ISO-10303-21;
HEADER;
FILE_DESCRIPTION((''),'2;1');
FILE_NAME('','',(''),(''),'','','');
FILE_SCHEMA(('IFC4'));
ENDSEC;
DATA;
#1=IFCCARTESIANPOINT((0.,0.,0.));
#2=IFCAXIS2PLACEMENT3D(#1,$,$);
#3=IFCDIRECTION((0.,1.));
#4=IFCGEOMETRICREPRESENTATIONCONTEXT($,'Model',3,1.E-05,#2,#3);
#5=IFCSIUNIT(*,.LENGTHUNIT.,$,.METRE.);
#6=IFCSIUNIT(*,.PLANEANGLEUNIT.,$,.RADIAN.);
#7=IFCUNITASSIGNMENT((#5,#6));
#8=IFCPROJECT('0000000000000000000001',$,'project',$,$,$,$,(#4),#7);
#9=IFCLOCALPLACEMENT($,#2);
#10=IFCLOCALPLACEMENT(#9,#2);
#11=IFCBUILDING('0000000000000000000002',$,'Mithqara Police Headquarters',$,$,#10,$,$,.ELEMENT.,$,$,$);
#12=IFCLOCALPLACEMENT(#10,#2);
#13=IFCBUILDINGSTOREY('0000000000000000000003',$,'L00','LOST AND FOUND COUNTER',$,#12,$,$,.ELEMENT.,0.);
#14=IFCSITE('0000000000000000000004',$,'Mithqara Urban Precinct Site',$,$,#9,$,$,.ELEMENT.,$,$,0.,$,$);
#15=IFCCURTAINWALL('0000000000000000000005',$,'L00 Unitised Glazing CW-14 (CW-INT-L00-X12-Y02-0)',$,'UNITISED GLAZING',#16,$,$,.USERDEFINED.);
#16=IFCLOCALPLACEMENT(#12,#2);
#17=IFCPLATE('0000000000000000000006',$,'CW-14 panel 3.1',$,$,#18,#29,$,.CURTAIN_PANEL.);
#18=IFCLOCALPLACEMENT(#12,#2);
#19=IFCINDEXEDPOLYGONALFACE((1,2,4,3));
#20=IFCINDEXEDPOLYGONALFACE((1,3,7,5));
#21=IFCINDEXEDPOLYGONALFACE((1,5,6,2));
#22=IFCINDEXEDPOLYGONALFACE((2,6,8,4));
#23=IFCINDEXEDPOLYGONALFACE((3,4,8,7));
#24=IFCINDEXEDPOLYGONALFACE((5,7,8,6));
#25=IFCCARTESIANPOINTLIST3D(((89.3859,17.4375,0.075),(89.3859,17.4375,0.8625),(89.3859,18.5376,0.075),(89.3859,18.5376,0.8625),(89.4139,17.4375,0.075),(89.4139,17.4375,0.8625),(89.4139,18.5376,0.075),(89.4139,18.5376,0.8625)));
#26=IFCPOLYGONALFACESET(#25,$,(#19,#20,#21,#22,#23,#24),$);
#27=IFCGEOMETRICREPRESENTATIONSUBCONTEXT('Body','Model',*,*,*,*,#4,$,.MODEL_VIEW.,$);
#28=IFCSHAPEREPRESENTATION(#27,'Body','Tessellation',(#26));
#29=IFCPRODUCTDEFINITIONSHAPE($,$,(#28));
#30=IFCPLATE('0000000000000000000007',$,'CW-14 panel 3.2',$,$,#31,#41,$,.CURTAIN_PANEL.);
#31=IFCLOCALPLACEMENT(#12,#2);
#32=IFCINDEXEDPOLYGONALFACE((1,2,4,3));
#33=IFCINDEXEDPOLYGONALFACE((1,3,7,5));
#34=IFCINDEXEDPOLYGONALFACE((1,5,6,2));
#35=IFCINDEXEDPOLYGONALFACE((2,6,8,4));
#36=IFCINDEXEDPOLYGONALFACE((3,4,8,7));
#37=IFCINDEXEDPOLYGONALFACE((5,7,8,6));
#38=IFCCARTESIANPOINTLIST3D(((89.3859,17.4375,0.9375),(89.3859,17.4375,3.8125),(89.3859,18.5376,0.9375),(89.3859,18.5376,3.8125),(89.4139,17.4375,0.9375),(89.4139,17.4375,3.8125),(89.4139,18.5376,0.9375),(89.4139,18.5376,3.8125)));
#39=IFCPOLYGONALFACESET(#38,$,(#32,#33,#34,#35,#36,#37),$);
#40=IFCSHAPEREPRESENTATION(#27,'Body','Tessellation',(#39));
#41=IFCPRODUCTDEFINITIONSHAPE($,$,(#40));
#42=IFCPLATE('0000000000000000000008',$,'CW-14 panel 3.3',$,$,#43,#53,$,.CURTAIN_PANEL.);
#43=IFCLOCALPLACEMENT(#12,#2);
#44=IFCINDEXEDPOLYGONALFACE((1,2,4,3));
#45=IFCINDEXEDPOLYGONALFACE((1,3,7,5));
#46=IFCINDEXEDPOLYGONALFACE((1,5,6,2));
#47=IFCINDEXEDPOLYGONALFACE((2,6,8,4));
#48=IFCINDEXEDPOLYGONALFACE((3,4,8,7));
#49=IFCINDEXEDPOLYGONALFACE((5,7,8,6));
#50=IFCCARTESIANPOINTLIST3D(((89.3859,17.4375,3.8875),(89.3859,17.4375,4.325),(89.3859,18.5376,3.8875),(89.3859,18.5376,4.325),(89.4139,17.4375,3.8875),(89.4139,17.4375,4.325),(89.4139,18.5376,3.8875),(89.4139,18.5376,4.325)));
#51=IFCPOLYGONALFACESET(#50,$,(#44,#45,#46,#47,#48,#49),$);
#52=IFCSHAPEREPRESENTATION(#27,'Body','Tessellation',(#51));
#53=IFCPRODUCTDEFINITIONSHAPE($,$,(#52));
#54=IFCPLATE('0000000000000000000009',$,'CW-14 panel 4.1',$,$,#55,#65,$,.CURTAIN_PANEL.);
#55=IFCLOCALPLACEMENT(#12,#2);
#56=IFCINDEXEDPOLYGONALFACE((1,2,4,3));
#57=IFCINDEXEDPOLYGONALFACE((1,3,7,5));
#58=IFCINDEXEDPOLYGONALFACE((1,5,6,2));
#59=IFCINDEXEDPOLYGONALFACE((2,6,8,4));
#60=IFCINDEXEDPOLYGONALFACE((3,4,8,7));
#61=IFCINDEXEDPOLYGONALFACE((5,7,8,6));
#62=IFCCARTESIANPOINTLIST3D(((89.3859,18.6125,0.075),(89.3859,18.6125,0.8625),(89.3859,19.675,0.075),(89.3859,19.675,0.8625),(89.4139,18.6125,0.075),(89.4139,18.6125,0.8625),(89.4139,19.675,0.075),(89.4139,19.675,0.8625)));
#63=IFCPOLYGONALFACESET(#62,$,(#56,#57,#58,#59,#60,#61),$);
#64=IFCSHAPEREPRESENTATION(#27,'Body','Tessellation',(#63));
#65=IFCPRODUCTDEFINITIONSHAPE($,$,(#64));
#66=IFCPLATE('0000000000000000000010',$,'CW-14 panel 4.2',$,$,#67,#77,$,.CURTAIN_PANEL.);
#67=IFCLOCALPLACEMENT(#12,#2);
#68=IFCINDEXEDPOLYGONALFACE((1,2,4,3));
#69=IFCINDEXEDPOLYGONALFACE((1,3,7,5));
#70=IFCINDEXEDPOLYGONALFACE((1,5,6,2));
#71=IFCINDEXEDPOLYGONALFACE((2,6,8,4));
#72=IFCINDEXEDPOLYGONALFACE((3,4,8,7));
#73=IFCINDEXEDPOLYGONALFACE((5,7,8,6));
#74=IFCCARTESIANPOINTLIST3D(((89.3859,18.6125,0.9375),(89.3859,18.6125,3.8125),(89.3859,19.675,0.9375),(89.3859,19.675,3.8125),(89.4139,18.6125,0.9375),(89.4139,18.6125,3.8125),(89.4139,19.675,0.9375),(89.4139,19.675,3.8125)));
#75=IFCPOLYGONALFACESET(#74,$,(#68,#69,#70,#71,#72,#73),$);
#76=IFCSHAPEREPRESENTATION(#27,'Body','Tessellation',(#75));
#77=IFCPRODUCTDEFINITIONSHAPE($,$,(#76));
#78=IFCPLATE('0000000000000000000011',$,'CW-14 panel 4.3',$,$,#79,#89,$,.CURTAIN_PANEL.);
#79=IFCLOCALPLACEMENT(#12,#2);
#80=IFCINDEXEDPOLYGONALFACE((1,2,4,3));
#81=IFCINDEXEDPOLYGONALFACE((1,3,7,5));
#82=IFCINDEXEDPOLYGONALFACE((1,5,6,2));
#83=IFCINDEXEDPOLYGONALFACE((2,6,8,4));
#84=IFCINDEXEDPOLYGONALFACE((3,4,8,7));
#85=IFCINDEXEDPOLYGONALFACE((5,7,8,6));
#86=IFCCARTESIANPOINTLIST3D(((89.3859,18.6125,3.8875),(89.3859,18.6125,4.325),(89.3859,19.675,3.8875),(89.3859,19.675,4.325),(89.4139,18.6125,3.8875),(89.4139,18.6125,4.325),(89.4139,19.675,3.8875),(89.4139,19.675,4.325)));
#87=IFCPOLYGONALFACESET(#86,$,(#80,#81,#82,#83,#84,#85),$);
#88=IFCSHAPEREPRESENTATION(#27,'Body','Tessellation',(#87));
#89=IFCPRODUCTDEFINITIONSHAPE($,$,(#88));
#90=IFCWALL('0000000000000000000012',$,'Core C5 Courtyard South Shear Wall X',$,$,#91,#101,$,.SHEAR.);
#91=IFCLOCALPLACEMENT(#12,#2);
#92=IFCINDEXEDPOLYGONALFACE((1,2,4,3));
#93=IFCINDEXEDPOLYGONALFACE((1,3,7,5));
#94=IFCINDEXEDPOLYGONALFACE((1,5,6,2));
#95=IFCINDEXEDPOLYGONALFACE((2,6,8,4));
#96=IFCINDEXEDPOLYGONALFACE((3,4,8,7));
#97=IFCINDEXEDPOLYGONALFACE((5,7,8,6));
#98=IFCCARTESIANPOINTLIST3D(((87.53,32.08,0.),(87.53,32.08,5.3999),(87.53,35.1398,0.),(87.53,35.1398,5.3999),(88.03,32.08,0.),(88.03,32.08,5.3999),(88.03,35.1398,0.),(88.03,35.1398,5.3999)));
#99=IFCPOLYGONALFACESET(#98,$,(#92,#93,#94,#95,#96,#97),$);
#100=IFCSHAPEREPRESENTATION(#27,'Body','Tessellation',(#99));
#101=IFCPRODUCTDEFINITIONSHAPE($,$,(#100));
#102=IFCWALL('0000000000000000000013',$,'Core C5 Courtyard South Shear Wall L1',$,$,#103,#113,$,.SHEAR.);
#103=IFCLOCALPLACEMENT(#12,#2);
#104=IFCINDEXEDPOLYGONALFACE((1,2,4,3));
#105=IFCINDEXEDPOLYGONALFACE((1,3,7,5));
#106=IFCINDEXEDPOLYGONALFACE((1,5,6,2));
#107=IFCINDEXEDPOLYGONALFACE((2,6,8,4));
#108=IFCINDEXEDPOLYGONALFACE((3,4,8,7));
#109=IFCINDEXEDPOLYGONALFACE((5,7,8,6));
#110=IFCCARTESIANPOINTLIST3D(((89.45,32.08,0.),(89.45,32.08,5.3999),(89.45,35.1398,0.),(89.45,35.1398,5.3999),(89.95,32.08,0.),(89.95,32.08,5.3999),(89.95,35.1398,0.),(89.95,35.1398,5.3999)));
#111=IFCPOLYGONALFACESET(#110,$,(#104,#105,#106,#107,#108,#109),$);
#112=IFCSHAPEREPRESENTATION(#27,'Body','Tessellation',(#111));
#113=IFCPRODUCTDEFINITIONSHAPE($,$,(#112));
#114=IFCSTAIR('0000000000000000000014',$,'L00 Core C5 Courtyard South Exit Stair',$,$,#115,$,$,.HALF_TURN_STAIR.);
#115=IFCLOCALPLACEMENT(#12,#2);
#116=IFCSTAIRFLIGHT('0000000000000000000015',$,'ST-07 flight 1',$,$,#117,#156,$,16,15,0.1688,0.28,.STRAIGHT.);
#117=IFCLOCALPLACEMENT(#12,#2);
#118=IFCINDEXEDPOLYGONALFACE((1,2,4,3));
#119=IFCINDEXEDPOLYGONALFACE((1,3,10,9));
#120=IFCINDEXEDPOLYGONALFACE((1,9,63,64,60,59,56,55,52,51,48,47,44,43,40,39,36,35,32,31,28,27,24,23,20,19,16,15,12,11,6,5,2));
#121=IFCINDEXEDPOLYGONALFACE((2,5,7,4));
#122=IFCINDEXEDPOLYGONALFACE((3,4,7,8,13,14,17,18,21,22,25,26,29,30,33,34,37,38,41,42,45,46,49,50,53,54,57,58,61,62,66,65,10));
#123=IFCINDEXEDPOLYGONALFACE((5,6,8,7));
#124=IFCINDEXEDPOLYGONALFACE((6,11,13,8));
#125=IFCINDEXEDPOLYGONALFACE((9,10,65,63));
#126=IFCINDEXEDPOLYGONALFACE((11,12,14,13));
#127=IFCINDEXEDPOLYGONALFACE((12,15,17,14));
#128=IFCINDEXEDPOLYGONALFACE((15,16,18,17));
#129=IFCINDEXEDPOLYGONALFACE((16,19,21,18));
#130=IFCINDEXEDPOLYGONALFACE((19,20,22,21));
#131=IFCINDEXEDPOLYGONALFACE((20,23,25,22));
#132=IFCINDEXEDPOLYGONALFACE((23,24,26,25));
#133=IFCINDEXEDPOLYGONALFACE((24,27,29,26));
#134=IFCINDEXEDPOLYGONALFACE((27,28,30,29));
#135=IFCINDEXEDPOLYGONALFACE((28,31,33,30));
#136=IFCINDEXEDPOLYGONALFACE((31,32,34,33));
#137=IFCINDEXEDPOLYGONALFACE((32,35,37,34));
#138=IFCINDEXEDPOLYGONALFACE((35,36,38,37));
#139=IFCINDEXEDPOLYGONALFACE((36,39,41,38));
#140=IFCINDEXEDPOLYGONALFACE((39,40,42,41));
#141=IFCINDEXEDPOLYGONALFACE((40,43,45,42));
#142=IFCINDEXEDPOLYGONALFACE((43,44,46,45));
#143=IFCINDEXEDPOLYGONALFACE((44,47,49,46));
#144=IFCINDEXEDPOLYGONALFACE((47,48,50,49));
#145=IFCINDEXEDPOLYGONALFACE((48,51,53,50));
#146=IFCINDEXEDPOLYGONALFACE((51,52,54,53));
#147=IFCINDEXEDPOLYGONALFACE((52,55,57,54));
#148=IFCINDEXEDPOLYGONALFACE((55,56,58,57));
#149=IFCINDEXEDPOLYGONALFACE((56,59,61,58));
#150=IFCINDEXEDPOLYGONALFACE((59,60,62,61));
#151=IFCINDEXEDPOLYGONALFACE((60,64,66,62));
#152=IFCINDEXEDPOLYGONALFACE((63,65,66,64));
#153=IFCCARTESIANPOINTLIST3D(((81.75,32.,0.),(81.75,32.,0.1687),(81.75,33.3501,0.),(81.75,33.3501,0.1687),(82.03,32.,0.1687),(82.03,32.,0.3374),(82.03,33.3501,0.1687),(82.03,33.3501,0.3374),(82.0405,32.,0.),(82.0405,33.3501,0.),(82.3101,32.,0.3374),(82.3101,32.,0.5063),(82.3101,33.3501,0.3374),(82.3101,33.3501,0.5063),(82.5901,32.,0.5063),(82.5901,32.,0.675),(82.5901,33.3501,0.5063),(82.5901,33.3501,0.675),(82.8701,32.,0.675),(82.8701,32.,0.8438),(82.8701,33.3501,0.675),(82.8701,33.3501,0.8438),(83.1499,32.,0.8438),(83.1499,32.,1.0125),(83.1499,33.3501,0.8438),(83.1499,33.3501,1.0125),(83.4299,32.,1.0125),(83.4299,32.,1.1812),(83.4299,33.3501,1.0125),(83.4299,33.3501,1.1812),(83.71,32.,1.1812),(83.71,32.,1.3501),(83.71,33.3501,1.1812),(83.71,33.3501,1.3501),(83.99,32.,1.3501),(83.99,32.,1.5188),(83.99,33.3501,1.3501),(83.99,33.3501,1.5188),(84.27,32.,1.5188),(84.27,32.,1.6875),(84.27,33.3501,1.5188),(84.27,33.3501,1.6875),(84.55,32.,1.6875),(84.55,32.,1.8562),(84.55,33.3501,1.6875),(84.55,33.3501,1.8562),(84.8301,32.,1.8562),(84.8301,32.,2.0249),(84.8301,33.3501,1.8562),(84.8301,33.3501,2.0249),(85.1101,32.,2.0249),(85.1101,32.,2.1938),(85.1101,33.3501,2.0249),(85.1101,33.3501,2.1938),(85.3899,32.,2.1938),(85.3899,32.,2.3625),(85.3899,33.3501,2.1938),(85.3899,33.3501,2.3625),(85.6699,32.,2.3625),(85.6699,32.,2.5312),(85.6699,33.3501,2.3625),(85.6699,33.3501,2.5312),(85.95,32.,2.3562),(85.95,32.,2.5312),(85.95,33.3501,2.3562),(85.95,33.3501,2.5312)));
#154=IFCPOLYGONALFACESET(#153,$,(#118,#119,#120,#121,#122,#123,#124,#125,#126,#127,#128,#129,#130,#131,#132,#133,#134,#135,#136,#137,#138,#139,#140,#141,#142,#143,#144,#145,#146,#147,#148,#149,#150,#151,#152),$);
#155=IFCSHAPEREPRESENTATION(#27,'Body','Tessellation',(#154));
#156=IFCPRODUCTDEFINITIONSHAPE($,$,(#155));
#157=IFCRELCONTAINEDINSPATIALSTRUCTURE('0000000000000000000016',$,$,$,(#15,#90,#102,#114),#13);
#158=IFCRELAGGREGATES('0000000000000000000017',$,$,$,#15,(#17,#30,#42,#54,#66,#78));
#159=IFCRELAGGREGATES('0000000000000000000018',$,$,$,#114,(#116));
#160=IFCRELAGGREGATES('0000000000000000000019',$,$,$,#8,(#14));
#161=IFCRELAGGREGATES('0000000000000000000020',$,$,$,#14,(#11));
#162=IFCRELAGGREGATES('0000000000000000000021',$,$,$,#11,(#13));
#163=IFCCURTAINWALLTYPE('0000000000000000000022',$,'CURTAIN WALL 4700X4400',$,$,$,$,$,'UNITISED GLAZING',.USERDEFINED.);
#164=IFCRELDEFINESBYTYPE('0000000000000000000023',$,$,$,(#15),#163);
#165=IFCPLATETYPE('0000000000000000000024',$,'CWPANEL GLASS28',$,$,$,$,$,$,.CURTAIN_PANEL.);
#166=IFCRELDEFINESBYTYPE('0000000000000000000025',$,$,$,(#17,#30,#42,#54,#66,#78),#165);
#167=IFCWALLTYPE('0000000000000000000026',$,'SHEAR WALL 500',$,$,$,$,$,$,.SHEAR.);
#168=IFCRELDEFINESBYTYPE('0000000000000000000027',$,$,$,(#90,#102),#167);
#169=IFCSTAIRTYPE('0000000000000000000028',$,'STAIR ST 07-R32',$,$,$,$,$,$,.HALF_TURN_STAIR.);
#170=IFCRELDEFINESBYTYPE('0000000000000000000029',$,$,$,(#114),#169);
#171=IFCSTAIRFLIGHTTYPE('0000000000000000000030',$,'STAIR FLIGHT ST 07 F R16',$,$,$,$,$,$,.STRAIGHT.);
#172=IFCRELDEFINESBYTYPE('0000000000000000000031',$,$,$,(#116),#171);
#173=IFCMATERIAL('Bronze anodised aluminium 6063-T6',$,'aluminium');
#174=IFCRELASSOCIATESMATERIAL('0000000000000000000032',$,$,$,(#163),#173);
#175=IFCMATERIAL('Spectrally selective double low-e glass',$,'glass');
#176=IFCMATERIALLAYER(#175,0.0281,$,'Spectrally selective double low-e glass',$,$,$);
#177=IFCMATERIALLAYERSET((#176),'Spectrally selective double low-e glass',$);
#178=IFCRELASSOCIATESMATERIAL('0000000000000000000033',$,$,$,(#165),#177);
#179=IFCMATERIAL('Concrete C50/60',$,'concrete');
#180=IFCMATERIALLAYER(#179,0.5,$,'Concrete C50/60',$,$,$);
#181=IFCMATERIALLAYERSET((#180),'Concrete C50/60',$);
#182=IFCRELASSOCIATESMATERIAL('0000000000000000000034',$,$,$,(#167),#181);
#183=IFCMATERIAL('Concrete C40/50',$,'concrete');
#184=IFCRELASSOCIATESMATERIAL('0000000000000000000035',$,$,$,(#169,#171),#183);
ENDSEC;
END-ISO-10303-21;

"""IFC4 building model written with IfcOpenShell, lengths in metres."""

from ifc_helpers import new_model, si_unit, direction, frame, frame_2d, origin, origin_2d, place, context, subcontext, project, spatial, polyline, rectangle, outline, extrude, material, layer, layer_set, type_object, element, aggregate, save


model = new_model("IFC4")

# Units and contexts
model_context = context("Model", 3, precision=1e-05, world=origin(), true_north=direction((0.0, 1.0)))
body_context = subcontext(model_context, "Body", "Model", "MODEL_VIEW")
ifc_project = project(units=[si_unit("LENGTHUNIT", "METRE"), si_unit("PLANEANGLEUNIT", "RADIAN")], contexts=[model_context])

# Site, building, storey
site_placement = place(None, origin())
site = spatial("IfcSite", under=ifc_project, at=site_placement, Name="Mithqara Urban Precinct Site", CompositionType="ELEMENT", RefElevation=0.0)
building_placement = place(site_placement, origin())
building = spatial("IfcBuilding", under=site, at=building_placement, Name="Mithqara Police Headquarters", CompositionType="ELEMENT")
storey_placement = place(building_placement, origin())
storey = spatial("IfcBuildingStorey", under=building, at=storey_placement, Name="L00", Description="LOST AND FOUND COUNTER", CompositionType="ELEMENT", Elevation=0.0)

# Shared definitions
ifc_material_1 = material(Name="Concrete C50/60", Category="concrete")

# Shared definitions
ifc_material_2 = material(Name="Concrete C40/50", Category="concrete")

# Curtain wall
ifc_material_3 = material(Name="Bronze anodised aluminium 6063-T6", Category="aluminium")
curtain_wall_type = type_object("IfcCurtainWallType", Name="CURTAIN WALL 4700X4400", ElementType="UNITISED GLAZING", PredefinedType="USERDEFINED", material=ifc_material_3)
curtain_wall_placement = place(storey_placement, origin())
curtain_wall = element("IfcCurtainWall", 1, at=curtain_wall_placement, inside=storey, type_object=curtain_wall_type, Name="L00 Unitised Glazing CW-14 (CW-INT-L00-X12-Y02-0)", ObjectType="UNITISED GLAZING", PredefinedType="USERDEFINED")

# Plates
ifc_material_4 = material(Name="Spectrally selective double low-e glass", Category="glass")
ifc_layer_1 = layer(ifc_material_4, 0.0281, Name="Spectrally selective double low-e glass")
ifc_layer_set_1 = layer_set([ifc_layer_1], Name="Spectrally selective double low-e glass")
plate_type = type_object("IfcPlateType", Name="CWPANEL GLASS28", PredefinedType="CURTAIN_PANEL", material=ifc_layer_set_1)
plate_1_placement = place(storey_placement, frame((89.3999, 17.9875, 0.075), z_axis=(0.0, 0.0, 1.0), x_axis=(0.0, 1.0, 0.0)))
plate_1 = element("IfcPlate", 2, at=plate_1_placement, type_object=plate_type, Name="CW-14 panel 3.1", PredefinedType="CURTAIN_PANEL", context=body_context, shape_type="SweptSolid", body=[
    extrude(rectangle(XDim=1.1001, YDim=0.0281, at=origin_2d()), origin(), (0.0, 0.0, 1.0), 0.7876),
])
plate_2_placement = place(storey_placement, frame((89.3999, 17.9875, 0.9375), z_axis=(0.0, 0.0, 1.0), x_axis=(0.0, 1.0, 0.0)))
plate_2 = element("IfcPlate", 3, at=plate_2_placement, type_object=plate_type, Name="CW-14 panel 3.2", PredefinedType="CURTAIN_PANEL", context=body_context, shape_type="SweptSolid", body=[
    extrude(rectangle(XDim=1.1001, YDim=0.0281, at=origin_2d()), origin(), (0.0, 0.0, 1.0), 2.875),
])
plate_3_placement = place(storey_placement, frame((89.3999, 17.9875, 3.8875), z_axis=(0.0, 0.0, 1.0), x_axis=(0.0, 1.0, 0.0)))
plate_3 = element("IfcPlate", 4, at=plate_3_placement, type_object=plate_type, Name="CW-14 panel 3.3", PredefinedType="CURTAIN_PANEL", context=body_context, shape_type="SweptSolid", body=[
    extrude(rectangle(XDim=1.1001, YDim=0.0281, at=origin_2d()), origin(), (0.0, 0.0, 1.0), 0.4375),
])
plate_4_placement = place(storey_placement, frame((89.3999, 19.1438, 0.075), z_axis=(0.0, 0.0, 1.0), x_axis=(0.0, 1.0, 0.0)))
plate_4 = element("IfcPlate", 5, at=plate_4_placement, type_object=plate_type, Name="CW-14 panel 4.1", PredefinedType="CURTAIN_PANEL", context=body_context, shape_type="SweptSolid", body=[
    extrude(rectangle(XDim=1.0625, YDim=0.0281, at=origin_2d()), origin(), (0.0, 0.0, 1.0), 0.7876),
])
plate_5_placement = place(storey_placement, frame((89.3999, 19.1438, 0.9375), z_axis=(0.0, 0.0, 1.0), x_axis=(0.0, 1.0, 0.0)))
plate_5 = element("IfcPlate", 6, at=plate_5_placement, type_object=plate_type, Name="CW-14 panel 4.2", PredefinedType="CURTAIN_PANEL", context=body_context, shape_type="SweptSolid", body=[
    extrude(rectangle(XDim=1.0625, YDim=0.0281, at=origin_2d()), origin(), (0.0, 0.0, 1.0), 2.875),
])
plate_6_placement = place(storey_placement, frame((89.3999, 19.1438, 3.8875), z_axis=(0.0, 0.0, 1.0), x_axis=(0.0, 1.0, 0.0)))
plate_6 = element("IfcPlate", 7, at=plate_6_placement, type_object=plate_type, Name="CW-14 panel 4.3", PredefinedType="CURTAIN_PANEL", context=body_context, shape_type="SweptSolid", body=[
    extrude(rectangle(XDim=1.0625, YDim=0.0281, at=origin_2d()), origin(), (0.0, 0.0, 1.0), 0.4375),
])
aggregate(curtain_wall, [plate_1, plate_2, plate_3, plate_4, plate_5, plate_6])

# Walls
ifc_layer_2 = layer(ifc_material_1, 0.5, Name="Concrete C50/60")
ifc_layer_set_2 = layer_set([ifc_layer_2], Name="Concrete C50/60")
wall_type = type_object("IfcWallType", Name="SHEAR WALL 500", PredefinedType="SHEAR", material=ifc_layer_set_2)
for number, where, z_axis, x_axis, name in (
    (8, (87.78, 32.0801, 0.0), (0.0, 0.0, 1.0), (0.0, 1.0, 0.0), "Core C5 Courtyard South Shear Wall X"),
    (9, (89.7, 32.0801, 0.0), (0.0, 0.0, 1.0), (0.0, 1.0, 0.0), "Core C5 Courtyard South Shear Wall L1"),
):
    element("IfcWall", number, at=place(storey_placement, frame(where, z_axis=z_axis, x_axis=x_axis)), inside=storey, type_object=wall_type, Name=name, PredefinedType="SHEAR", context=body_context, shape_type="SweptSolid", body=[
        extrude(rectangle(XDim=3.0598, YDim=0.5, at=frame_2d((1.5298, 0.0))), origin(), (0.0, 0.0, 1.0), 5.3999),
    ])

# Stair, stair flight
stair_type = type_object("IfcStairType", Name="STAIR ST 07-R32", PredefinedType="HALF_TURN_STAIR", material=ifc_material_2)
stair_placement = place(storey_placement, origin())
stair = element("IfcStair", 10, at=stair_placement, inside=storey, type_object=stair_type, Name="L00 Core C5 Courtyard South Exit Stair", PredefinedType="HALF_TURN_STAIR")
stair_flight_type = type_object("IfcStairFlightType", Name="STAIR FLIGHT ST 07 F R16", PredefinedType="STRAIGHT", material=ifc_material_2)
stair_flight_1_placement = place(storey_placement, frame((81.75, 32.675, 0.0), z_axis=(0.0, 0.0, 1.0), x_axis=(1.0, 0.0, 0.0)))
stair_flight_1 = element("IfcStairFlight", 11, at=stair_flight_1_placement, type_object=stair_flight_type, Name="ST-07 flight 1", NumberOfRisers=16, NumberOfTreads=15, PredefinedType="STRAIGHT", RiserHeight=0.1688, TreadLength=0.28, context=body_context, shape_type="SweptSolid", body=[
    extrude(outline(polyline([(0.0, 0.0), (0.0, 0.1687), (0.28, 0.1687), (0.28, 0.3374), (0.5601, 0.3374), (0.5601, 0.5063), (0.8401, 0.5063), (0.8401, 0.675), (1.1201, 0.675), (1.1201, 0.8438), (1.3999, 0.8438), (1.3999, 1.0125), (1.6799, 1.0125), (1.6799, 1.1812), (1.96, 1.1812), (1.96, 1.3501), (2.24, 1.3501), (2.24, 1.5188), (2.52, 1.5188), (2.52, 1.6875), (2.8, 1.6875), (2.8, 1.8562), (3.0801, 1.8562), (3.0801, 2.0249), (3.3601, 2.0249), (3.3601, 2.1938), (3.6399, 2.1938), (3.6399, 2.3625), (3.9199, 2.3625), (3.9199, 2.5312), (4.2, 2.5312), (4.2, 2.7), (4.2, 2.3562), (0.2905, 0.0), (0.0, 0.0)])), frame((0.0, 0.675, 0.0), z_axis=(0.0, -1.0, 0.0), x_axis=(1.0, 0.0, 0.0)), (0.0, 0.0, 1.0), 1.3501),
])
aggregate(stair, [stair_flight_1])

save(model, "model.ifc")
